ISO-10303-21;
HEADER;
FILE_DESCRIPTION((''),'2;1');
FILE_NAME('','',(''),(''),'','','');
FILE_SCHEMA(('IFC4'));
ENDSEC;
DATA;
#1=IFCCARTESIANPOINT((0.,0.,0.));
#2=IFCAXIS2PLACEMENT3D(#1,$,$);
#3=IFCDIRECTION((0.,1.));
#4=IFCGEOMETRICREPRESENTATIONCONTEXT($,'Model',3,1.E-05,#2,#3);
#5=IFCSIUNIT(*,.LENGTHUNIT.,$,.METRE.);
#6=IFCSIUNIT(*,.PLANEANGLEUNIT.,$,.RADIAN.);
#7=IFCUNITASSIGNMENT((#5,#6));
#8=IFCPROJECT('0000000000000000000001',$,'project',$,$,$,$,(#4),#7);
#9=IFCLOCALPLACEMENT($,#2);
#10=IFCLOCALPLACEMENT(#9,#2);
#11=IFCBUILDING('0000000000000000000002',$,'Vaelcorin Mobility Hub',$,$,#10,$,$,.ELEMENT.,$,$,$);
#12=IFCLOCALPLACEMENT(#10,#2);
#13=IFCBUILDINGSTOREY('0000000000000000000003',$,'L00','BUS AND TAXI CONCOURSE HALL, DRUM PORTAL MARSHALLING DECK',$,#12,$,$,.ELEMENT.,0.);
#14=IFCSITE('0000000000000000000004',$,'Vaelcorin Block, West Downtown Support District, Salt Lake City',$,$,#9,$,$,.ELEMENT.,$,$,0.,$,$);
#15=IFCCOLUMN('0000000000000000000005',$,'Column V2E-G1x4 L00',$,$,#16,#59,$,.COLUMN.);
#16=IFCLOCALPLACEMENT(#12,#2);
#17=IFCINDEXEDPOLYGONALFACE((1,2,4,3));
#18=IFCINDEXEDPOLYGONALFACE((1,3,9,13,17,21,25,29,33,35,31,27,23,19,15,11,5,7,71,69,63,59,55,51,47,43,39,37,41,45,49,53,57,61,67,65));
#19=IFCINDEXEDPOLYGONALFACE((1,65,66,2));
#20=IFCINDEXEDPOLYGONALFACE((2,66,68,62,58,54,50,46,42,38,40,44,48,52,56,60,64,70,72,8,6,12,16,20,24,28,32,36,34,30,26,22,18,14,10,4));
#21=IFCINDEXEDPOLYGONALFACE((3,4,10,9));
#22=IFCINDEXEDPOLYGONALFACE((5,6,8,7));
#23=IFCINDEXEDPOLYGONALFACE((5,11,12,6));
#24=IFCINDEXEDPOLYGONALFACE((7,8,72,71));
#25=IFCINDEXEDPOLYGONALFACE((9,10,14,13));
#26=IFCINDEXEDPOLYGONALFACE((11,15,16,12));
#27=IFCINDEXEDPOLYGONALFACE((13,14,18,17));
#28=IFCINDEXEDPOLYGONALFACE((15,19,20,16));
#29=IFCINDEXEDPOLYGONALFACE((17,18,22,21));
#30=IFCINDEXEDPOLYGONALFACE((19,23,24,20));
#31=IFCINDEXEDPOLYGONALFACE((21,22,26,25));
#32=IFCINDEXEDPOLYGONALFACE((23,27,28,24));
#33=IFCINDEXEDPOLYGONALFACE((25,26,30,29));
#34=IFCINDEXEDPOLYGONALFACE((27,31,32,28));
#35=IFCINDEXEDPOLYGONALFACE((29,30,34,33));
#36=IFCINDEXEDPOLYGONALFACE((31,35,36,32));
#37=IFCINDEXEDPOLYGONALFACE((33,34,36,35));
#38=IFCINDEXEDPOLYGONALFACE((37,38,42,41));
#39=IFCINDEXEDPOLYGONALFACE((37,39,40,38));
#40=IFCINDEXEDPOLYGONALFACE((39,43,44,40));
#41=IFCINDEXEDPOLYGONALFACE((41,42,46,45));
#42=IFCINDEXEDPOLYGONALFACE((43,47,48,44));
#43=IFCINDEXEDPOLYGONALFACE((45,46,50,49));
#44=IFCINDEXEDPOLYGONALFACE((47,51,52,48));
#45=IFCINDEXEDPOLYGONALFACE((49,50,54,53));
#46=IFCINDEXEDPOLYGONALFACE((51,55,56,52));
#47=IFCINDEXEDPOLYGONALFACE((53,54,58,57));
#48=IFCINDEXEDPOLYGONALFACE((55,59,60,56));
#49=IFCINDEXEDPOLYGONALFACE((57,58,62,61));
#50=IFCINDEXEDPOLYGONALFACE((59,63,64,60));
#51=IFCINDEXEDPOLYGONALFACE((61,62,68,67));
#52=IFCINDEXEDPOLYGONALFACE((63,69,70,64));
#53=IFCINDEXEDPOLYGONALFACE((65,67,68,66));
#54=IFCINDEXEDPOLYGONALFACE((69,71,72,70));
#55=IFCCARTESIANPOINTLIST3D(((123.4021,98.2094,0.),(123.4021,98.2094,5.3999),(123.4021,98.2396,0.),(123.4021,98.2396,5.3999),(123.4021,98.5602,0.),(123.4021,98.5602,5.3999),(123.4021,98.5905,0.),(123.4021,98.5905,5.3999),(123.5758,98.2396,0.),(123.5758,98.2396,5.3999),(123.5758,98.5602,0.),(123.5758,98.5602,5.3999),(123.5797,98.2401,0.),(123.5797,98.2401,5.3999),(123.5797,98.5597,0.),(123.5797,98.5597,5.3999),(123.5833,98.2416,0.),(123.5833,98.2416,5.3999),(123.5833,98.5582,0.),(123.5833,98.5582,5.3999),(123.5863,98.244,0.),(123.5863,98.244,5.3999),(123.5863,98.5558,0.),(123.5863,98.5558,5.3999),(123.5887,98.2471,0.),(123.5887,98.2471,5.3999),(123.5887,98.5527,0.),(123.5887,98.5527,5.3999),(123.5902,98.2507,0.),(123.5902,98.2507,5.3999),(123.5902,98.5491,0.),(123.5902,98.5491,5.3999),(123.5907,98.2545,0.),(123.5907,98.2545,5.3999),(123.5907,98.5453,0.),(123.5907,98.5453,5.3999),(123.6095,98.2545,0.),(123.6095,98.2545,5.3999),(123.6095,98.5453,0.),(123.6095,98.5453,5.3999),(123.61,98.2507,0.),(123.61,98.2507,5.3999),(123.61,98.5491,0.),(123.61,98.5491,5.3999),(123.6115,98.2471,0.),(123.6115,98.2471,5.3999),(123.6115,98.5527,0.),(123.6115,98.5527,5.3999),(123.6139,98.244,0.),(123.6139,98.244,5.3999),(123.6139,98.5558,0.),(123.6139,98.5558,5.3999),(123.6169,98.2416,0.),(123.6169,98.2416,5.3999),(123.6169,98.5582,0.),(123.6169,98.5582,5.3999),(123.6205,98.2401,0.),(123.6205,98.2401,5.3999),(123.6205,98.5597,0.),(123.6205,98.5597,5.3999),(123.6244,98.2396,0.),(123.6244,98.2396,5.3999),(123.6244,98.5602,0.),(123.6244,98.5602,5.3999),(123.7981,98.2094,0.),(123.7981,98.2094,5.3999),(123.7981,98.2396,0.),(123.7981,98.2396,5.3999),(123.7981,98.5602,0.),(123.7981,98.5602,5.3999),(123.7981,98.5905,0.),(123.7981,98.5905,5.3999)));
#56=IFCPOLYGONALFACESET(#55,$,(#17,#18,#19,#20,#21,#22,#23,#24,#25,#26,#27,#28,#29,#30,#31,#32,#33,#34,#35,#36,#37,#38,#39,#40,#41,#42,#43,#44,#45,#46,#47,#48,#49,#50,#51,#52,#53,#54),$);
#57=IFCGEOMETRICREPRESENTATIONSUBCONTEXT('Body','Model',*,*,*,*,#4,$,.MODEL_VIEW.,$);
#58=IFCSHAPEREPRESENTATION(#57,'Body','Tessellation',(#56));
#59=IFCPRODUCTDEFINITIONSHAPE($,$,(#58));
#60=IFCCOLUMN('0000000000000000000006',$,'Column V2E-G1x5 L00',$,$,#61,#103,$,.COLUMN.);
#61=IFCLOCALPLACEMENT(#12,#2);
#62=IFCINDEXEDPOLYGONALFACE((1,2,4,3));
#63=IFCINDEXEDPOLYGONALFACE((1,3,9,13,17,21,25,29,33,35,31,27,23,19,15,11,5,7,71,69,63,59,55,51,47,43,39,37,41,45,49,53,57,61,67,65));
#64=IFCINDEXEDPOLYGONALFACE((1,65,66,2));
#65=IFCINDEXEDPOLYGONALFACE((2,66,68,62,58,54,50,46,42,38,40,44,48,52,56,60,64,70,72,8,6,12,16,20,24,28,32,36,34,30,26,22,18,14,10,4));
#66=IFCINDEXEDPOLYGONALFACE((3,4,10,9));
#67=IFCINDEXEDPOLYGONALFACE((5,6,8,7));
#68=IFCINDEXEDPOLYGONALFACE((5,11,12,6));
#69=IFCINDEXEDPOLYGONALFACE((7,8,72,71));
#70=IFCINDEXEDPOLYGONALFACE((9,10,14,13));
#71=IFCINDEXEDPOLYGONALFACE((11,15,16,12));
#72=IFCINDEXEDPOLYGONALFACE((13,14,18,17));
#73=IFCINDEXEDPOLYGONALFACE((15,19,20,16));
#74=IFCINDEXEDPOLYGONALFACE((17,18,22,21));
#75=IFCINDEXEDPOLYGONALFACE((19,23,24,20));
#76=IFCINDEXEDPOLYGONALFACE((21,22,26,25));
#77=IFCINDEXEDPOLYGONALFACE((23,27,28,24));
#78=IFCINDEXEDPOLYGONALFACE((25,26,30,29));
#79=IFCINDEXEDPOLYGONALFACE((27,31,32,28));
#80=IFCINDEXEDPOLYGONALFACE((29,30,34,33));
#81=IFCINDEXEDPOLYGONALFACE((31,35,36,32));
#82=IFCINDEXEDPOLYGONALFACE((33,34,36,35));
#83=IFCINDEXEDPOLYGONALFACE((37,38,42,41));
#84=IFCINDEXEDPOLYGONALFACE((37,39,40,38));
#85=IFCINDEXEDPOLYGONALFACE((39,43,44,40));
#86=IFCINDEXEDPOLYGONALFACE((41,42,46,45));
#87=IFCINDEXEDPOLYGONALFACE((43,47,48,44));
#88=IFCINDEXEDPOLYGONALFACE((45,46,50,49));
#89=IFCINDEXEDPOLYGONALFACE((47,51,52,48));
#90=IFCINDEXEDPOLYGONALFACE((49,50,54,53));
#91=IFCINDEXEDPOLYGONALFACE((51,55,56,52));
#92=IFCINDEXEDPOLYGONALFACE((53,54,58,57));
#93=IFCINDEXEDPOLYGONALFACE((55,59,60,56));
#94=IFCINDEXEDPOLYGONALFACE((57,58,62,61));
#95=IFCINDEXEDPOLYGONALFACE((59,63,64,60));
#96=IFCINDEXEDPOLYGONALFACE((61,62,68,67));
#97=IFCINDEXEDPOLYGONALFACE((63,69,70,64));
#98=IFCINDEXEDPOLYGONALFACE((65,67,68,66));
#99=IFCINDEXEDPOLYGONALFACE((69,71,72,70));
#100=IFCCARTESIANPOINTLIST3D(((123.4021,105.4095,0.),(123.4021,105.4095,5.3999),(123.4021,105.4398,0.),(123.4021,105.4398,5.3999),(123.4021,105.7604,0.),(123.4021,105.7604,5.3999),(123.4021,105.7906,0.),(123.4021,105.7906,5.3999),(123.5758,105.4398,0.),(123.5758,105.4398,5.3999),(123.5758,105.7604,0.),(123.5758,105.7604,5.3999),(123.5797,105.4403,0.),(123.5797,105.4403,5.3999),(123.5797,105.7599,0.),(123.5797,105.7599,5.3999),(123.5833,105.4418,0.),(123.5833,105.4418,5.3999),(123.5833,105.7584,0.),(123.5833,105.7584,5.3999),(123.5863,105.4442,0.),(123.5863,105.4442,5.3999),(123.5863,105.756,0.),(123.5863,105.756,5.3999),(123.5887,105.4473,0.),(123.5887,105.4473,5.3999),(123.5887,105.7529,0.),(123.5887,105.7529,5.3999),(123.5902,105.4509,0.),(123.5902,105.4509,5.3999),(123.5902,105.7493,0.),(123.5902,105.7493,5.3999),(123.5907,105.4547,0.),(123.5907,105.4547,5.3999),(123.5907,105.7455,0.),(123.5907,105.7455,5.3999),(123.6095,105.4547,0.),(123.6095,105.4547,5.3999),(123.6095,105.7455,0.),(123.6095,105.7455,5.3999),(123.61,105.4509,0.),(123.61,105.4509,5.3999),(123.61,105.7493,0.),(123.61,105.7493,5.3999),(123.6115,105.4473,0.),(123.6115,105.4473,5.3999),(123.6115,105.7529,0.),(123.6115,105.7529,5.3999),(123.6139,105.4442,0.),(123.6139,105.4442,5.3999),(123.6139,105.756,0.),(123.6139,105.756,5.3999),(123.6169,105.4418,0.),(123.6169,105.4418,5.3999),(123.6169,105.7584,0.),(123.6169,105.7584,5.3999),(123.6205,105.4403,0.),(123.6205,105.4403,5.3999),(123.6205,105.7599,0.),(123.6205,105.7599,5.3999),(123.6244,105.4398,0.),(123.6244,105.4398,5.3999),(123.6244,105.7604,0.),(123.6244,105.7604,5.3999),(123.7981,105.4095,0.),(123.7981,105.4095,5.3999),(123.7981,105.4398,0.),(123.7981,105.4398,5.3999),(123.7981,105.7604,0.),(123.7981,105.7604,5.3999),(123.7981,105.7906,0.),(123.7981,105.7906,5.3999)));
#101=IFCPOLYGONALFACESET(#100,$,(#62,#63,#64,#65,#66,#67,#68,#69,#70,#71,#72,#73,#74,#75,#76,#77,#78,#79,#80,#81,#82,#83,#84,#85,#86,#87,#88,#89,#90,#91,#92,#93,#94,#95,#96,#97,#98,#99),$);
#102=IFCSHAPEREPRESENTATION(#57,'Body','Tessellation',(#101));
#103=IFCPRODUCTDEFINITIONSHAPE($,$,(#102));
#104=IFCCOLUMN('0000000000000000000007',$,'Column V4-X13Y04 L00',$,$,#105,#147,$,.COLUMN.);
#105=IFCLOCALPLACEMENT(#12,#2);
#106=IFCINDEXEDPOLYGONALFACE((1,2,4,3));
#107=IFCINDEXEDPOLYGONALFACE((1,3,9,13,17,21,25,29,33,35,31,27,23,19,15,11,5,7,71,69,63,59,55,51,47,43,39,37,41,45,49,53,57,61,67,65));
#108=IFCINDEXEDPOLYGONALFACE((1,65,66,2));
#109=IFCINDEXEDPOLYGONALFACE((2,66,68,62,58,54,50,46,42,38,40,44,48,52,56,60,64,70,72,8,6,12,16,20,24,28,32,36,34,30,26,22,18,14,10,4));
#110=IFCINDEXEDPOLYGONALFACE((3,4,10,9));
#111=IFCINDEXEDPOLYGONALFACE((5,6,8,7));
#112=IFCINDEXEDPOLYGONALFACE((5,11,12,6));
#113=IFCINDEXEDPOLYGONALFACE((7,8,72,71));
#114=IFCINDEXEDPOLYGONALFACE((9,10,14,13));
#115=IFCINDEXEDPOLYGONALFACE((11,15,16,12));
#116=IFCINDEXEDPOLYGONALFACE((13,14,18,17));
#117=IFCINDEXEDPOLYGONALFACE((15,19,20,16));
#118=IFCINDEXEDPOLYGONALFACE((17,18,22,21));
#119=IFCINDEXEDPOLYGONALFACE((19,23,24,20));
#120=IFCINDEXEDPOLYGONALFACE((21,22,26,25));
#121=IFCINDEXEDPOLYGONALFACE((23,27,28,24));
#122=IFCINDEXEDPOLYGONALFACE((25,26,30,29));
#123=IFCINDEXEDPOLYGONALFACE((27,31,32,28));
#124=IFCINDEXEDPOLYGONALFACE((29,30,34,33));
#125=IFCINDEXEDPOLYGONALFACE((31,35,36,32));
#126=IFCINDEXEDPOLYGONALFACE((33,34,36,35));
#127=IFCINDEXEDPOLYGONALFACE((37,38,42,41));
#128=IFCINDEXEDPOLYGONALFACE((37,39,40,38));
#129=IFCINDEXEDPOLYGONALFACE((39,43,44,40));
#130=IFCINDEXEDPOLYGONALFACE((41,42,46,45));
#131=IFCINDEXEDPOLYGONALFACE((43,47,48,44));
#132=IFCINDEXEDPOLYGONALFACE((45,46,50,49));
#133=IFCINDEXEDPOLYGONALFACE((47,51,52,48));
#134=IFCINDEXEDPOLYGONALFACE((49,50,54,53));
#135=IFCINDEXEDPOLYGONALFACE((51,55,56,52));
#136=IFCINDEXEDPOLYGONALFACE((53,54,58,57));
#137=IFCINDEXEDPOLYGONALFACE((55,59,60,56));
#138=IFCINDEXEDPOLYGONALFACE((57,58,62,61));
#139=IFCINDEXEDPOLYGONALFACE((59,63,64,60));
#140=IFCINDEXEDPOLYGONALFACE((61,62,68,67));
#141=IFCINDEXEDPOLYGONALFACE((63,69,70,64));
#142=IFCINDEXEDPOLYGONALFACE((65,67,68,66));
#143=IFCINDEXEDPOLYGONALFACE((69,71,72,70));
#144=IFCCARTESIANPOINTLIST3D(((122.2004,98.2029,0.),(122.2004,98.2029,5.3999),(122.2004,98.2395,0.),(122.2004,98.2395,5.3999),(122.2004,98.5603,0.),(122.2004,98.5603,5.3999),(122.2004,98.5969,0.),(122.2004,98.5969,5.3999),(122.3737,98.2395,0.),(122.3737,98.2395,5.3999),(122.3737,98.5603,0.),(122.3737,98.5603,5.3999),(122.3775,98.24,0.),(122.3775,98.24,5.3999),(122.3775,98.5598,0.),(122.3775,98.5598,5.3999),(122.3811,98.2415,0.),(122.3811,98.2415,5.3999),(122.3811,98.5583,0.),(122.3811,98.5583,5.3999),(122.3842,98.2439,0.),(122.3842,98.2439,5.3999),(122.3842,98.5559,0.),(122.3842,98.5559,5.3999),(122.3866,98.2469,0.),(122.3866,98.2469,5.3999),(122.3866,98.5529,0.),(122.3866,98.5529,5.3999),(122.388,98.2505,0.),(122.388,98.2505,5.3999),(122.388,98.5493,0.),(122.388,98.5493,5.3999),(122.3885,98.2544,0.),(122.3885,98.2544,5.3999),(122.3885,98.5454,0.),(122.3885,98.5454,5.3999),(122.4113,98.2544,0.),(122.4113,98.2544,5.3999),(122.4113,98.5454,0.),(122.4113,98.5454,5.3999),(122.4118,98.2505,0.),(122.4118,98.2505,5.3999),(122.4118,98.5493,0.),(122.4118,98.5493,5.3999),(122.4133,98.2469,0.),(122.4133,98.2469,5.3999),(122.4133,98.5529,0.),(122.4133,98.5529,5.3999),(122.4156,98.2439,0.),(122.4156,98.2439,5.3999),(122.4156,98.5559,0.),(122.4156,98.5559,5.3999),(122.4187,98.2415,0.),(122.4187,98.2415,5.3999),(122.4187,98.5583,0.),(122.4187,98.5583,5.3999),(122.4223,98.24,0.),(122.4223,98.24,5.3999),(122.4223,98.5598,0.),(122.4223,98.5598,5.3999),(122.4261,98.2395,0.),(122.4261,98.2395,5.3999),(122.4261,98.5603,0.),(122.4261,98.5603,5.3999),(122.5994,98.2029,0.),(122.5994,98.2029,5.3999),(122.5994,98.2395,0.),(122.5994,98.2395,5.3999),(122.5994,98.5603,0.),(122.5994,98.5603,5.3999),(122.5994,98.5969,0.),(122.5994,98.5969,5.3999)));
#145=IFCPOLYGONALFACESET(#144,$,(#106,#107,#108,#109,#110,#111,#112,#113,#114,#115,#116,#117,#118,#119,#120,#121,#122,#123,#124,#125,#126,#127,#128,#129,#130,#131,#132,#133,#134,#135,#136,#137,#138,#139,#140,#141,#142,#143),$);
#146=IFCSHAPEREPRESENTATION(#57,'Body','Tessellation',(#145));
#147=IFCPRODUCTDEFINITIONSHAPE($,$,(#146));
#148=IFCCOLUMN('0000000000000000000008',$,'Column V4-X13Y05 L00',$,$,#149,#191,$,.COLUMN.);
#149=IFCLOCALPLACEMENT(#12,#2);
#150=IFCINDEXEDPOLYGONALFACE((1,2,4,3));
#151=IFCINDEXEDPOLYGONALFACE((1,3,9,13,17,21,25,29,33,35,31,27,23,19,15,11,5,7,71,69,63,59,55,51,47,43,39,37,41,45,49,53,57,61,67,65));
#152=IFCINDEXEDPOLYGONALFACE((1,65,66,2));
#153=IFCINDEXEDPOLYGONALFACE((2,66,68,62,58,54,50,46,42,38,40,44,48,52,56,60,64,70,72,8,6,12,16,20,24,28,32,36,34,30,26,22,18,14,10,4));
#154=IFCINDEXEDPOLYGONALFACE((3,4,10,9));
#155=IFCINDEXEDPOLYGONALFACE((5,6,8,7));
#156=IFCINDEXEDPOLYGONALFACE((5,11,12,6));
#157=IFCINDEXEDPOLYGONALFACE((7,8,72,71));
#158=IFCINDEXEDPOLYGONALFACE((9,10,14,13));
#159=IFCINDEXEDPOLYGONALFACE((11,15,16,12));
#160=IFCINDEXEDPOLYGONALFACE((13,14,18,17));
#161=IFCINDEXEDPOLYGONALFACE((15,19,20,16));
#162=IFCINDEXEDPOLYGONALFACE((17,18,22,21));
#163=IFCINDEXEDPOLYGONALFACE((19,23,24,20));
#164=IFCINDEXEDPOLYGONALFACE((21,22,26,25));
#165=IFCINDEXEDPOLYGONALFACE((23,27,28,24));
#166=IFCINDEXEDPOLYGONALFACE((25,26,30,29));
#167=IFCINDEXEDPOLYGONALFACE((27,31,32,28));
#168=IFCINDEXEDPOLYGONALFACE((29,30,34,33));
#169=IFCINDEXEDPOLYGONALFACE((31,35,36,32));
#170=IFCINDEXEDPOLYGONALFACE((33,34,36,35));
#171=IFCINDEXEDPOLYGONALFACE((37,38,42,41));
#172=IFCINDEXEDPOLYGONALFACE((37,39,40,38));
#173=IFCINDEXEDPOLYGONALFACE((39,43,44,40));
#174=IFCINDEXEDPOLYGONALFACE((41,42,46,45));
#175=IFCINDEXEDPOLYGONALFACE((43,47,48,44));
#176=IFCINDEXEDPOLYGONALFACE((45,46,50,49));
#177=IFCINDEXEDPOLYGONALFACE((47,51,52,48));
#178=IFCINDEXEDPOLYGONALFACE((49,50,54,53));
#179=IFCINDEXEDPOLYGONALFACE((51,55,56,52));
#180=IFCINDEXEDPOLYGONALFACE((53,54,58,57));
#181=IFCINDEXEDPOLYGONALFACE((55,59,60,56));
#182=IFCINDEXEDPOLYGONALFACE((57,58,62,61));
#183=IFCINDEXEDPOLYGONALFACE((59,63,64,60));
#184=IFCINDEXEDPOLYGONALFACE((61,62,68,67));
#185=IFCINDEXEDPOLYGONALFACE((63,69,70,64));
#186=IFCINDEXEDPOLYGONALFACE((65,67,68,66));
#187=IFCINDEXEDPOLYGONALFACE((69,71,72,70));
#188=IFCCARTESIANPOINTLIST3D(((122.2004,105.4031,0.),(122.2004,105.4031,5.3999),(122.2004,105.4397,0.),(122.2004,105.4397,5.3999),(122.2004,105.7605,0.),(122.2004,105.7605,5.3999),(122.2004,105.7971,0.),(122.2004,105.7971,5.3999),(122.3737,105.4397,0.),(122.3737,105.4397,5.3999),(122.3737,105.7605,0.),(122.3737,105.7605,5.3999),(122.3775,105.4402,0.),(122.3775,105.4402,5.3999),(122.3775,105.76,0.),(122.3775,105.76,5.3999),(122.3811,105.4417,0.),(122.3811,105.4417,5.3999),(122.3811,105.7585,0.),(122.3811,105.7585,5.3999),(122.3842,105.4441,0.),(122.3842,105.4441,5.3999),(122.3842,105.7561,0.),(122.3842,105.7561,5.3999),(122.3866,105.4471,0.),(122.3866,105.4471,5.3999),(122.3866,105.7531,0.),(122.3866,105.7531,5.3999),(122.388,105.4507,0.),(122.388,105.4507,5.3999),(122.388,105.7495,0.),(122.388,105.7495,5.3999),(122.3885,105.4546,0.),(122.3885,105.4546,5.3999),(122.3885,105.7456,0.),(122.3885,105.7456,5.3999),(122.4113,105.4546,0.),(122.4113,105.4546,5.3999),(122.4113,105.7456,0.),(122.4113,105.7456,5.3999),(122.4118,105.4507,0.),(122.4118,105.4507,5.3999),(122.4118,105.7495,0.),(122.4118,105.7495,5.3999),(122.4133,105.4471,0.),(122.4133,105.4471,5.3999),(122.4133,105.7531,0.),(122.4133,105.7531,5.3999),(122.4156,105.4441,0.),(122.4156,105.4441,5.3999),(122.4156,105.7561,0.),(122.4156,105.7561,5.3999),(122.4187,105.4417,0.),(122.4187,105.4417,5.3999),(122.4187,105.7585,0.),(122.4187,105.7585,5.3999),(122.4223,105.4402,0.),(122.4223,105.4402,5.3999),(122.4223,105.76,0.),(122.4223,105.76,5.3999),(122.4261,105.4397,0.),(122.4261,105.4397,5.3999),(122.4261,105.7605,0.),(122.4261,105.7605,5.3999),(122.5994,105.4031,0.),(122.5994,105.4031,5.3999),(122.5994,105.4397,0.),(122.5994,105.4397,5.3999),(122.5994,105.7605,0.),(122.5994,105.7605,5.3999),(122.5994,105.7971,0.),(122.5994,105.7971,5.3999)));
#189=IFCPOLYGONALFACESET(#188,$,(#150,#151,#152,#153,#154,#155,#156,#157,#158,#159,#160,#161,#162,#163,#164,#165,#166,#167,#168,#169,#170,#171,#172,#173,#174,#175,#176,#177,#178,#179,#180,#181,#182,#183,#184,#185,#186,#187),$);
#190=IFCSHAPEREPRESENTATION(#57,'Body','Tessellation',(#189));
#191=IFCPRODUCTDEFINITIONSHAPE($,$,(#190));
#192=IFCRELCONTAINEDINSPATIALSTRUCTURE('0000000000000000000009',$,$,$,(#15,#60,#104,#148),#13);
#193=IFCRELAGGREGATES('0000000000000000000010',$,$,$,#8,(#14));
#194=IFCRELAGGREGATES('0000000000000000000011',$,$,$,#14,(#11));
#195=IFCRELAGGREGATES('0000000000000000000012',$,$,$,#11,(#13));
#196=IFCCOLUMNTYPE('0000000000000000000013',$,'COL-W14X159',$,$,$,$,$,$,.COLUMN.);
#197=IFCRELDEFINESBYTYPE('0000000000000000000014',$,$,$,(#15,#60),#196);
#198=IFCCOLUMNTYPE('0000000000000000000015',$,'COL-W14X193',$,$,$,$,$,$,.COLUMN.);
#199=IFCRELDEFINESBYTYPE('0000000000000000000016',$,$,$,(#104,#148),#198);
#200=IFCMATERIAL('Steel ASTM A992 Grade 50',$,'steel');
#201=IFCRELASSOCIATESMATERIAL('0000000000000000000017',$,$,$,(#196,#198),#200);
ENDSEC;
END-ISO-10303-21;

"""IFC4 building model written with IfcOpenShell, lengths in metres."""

from ifc_helpers import new_model, si_unit, direction, frame, origin, origin_2d, place, context, subcontext, project, spatial, i_section, extrude, material, material_profile, profile_set, type_object, element, save


model = new_model("IFC4")

# Units and contexts
model_context = context("Model", 3, precision=1e-05, world=origin(), true_north=direction((0.0, 1.0)))
body_context = subcontext(model_context, "Body", "Model", "MODEL_VIEW")
ifc_project = project(units=[si_unit("LENGTHUNIT", "METRE"), si_unit("PLANEANGLEUNIT", "RADIAN")], contexts=[model_context])

# Site, building, storey
site_placement = place(None, origin())
site = spatial("IfcSite", under=ifc_project, at=site_placement, Name="Vaelcorin Block, West Downtown Support District, Salt Lake City", CompositionType="ELEMENT", RefElevation=0.0)
building_placement = place(site_placement, origin())
building = spatial("IfcBuilding", under=site, at=building_placement, Name="Vaelcorin Mobility Hub", CompositionType="ELEMENT")
storey_placement = place(building_placement, origin())
storey = spatial("IfcBuildingStorey", under=building, at=storey_placement, Name="L00", Description="BUS AND TAXI CONCOURSE HALL, DRUM PORTAL MARSHALLING DECK", CompositionType="ELEMENT", Elevation=0.0)

# Columns
ifc_material_1 = material(Name="Steel ASTM A992 Grade 50", Category="steel")
ifc_material_profile_1 = material_profile(ifc_material_1, i_section(OverallWidth=0.396, OverallDepth=0.3811, WebThickness=0.0188, FlangeThickness=0.0303, FilletRadius=0.0149, at=origin_2d()), Name="W14X159")
ifc_profile_set_1 = profile_set([ifc_material_profile_1], Name="Steel ASTM A992 Grade 50")
column_type_1 = type_object("IfcColumnType", Name="COL-W14X159", PredefinedType="COLUMN", material=ifc_profile_set_1)
for number, where, z_axis, x_axis, name in (
    (1, (123.6001, 98.3999, 0.0), (0.0, 0.0, 1.0), (1.0, 0.0, 0.0), "Column V2E-G1x4 L00"),
    (2, (123.6001, 105.6001, 0.0), (0.0, 0.0, 1.0), (1.0, 0.0, 0.0), "Column V2E-G1x5 L00"),
):
    element("IfcColumn", number, at=place(storey_placement, frame(where, z_axis=z_axis, x_axis=x_axis)), inside=storey, type_object=column_type_1, Name=name, PredefinedType="COLUMN", context=body_context, shape_type="SweptSolid", body=[
        extrude(i_section(OverallWidth=0.396, OverallDepth=0.3811, WebThickness=0.0188, FlangeThickness=0.0303, FilletRadius=0.0149, at=origin_2d()), origin(), (0.0, 0.0, 1.0), 5.3999),
    ])
ifc_material_profile_2 = material_profile(ifc_material_1, i_section(OverallWidth=0.3989, OverallDepth=0.394, WebThickness=0.0227, FlangeThickness=0.0366, FilletRadius=0.0149, at=origin_2d()), Name="W14X193")
ifc_profile_set_2 = profile_set([ifc_material_profile_2], Name="Steel ASTM A992 Grade 50")
column_type_2 = type_object("IfcColumnType", Name="COL-W14X193", PredefinedType="COLUMN", material=ifc_profile_set_2)
for number, where, z_axis, x_axis, name in (
    (3, (122.3999, 98.3999, 0.0), (0.0, 0.0, 1.0), (1.0, 0.0, 0.0), "Column V4-X13Y04 L00"),
    (4, (122.3999, 105.6001, 0.0), (0.0, 0.0, 1.0), (1.0, 0.0, 0.0), "Column V4-X13Y05 L00"),
):
    element("IfcColumn", number, at=place(storey_placement, frame(where, z_axis=z_axis, x_axis=x_axis)), inside=storey, type_object=column_type_2, Name=name, PredefinedType="COLUMN", context=body_context, shape_type="SweptSolid", body=[
        extrude(i_section(OverallWidth=0.3989, OverallDepth=0.394, WebThickness=0.0227, FlangeThickness=0.0366, FilletRadius=0.0149, at=origin_2d()), origin(), (0.0, 0.0, 1.0), 5.3999),
    ])

save(model, "model.ifc")
